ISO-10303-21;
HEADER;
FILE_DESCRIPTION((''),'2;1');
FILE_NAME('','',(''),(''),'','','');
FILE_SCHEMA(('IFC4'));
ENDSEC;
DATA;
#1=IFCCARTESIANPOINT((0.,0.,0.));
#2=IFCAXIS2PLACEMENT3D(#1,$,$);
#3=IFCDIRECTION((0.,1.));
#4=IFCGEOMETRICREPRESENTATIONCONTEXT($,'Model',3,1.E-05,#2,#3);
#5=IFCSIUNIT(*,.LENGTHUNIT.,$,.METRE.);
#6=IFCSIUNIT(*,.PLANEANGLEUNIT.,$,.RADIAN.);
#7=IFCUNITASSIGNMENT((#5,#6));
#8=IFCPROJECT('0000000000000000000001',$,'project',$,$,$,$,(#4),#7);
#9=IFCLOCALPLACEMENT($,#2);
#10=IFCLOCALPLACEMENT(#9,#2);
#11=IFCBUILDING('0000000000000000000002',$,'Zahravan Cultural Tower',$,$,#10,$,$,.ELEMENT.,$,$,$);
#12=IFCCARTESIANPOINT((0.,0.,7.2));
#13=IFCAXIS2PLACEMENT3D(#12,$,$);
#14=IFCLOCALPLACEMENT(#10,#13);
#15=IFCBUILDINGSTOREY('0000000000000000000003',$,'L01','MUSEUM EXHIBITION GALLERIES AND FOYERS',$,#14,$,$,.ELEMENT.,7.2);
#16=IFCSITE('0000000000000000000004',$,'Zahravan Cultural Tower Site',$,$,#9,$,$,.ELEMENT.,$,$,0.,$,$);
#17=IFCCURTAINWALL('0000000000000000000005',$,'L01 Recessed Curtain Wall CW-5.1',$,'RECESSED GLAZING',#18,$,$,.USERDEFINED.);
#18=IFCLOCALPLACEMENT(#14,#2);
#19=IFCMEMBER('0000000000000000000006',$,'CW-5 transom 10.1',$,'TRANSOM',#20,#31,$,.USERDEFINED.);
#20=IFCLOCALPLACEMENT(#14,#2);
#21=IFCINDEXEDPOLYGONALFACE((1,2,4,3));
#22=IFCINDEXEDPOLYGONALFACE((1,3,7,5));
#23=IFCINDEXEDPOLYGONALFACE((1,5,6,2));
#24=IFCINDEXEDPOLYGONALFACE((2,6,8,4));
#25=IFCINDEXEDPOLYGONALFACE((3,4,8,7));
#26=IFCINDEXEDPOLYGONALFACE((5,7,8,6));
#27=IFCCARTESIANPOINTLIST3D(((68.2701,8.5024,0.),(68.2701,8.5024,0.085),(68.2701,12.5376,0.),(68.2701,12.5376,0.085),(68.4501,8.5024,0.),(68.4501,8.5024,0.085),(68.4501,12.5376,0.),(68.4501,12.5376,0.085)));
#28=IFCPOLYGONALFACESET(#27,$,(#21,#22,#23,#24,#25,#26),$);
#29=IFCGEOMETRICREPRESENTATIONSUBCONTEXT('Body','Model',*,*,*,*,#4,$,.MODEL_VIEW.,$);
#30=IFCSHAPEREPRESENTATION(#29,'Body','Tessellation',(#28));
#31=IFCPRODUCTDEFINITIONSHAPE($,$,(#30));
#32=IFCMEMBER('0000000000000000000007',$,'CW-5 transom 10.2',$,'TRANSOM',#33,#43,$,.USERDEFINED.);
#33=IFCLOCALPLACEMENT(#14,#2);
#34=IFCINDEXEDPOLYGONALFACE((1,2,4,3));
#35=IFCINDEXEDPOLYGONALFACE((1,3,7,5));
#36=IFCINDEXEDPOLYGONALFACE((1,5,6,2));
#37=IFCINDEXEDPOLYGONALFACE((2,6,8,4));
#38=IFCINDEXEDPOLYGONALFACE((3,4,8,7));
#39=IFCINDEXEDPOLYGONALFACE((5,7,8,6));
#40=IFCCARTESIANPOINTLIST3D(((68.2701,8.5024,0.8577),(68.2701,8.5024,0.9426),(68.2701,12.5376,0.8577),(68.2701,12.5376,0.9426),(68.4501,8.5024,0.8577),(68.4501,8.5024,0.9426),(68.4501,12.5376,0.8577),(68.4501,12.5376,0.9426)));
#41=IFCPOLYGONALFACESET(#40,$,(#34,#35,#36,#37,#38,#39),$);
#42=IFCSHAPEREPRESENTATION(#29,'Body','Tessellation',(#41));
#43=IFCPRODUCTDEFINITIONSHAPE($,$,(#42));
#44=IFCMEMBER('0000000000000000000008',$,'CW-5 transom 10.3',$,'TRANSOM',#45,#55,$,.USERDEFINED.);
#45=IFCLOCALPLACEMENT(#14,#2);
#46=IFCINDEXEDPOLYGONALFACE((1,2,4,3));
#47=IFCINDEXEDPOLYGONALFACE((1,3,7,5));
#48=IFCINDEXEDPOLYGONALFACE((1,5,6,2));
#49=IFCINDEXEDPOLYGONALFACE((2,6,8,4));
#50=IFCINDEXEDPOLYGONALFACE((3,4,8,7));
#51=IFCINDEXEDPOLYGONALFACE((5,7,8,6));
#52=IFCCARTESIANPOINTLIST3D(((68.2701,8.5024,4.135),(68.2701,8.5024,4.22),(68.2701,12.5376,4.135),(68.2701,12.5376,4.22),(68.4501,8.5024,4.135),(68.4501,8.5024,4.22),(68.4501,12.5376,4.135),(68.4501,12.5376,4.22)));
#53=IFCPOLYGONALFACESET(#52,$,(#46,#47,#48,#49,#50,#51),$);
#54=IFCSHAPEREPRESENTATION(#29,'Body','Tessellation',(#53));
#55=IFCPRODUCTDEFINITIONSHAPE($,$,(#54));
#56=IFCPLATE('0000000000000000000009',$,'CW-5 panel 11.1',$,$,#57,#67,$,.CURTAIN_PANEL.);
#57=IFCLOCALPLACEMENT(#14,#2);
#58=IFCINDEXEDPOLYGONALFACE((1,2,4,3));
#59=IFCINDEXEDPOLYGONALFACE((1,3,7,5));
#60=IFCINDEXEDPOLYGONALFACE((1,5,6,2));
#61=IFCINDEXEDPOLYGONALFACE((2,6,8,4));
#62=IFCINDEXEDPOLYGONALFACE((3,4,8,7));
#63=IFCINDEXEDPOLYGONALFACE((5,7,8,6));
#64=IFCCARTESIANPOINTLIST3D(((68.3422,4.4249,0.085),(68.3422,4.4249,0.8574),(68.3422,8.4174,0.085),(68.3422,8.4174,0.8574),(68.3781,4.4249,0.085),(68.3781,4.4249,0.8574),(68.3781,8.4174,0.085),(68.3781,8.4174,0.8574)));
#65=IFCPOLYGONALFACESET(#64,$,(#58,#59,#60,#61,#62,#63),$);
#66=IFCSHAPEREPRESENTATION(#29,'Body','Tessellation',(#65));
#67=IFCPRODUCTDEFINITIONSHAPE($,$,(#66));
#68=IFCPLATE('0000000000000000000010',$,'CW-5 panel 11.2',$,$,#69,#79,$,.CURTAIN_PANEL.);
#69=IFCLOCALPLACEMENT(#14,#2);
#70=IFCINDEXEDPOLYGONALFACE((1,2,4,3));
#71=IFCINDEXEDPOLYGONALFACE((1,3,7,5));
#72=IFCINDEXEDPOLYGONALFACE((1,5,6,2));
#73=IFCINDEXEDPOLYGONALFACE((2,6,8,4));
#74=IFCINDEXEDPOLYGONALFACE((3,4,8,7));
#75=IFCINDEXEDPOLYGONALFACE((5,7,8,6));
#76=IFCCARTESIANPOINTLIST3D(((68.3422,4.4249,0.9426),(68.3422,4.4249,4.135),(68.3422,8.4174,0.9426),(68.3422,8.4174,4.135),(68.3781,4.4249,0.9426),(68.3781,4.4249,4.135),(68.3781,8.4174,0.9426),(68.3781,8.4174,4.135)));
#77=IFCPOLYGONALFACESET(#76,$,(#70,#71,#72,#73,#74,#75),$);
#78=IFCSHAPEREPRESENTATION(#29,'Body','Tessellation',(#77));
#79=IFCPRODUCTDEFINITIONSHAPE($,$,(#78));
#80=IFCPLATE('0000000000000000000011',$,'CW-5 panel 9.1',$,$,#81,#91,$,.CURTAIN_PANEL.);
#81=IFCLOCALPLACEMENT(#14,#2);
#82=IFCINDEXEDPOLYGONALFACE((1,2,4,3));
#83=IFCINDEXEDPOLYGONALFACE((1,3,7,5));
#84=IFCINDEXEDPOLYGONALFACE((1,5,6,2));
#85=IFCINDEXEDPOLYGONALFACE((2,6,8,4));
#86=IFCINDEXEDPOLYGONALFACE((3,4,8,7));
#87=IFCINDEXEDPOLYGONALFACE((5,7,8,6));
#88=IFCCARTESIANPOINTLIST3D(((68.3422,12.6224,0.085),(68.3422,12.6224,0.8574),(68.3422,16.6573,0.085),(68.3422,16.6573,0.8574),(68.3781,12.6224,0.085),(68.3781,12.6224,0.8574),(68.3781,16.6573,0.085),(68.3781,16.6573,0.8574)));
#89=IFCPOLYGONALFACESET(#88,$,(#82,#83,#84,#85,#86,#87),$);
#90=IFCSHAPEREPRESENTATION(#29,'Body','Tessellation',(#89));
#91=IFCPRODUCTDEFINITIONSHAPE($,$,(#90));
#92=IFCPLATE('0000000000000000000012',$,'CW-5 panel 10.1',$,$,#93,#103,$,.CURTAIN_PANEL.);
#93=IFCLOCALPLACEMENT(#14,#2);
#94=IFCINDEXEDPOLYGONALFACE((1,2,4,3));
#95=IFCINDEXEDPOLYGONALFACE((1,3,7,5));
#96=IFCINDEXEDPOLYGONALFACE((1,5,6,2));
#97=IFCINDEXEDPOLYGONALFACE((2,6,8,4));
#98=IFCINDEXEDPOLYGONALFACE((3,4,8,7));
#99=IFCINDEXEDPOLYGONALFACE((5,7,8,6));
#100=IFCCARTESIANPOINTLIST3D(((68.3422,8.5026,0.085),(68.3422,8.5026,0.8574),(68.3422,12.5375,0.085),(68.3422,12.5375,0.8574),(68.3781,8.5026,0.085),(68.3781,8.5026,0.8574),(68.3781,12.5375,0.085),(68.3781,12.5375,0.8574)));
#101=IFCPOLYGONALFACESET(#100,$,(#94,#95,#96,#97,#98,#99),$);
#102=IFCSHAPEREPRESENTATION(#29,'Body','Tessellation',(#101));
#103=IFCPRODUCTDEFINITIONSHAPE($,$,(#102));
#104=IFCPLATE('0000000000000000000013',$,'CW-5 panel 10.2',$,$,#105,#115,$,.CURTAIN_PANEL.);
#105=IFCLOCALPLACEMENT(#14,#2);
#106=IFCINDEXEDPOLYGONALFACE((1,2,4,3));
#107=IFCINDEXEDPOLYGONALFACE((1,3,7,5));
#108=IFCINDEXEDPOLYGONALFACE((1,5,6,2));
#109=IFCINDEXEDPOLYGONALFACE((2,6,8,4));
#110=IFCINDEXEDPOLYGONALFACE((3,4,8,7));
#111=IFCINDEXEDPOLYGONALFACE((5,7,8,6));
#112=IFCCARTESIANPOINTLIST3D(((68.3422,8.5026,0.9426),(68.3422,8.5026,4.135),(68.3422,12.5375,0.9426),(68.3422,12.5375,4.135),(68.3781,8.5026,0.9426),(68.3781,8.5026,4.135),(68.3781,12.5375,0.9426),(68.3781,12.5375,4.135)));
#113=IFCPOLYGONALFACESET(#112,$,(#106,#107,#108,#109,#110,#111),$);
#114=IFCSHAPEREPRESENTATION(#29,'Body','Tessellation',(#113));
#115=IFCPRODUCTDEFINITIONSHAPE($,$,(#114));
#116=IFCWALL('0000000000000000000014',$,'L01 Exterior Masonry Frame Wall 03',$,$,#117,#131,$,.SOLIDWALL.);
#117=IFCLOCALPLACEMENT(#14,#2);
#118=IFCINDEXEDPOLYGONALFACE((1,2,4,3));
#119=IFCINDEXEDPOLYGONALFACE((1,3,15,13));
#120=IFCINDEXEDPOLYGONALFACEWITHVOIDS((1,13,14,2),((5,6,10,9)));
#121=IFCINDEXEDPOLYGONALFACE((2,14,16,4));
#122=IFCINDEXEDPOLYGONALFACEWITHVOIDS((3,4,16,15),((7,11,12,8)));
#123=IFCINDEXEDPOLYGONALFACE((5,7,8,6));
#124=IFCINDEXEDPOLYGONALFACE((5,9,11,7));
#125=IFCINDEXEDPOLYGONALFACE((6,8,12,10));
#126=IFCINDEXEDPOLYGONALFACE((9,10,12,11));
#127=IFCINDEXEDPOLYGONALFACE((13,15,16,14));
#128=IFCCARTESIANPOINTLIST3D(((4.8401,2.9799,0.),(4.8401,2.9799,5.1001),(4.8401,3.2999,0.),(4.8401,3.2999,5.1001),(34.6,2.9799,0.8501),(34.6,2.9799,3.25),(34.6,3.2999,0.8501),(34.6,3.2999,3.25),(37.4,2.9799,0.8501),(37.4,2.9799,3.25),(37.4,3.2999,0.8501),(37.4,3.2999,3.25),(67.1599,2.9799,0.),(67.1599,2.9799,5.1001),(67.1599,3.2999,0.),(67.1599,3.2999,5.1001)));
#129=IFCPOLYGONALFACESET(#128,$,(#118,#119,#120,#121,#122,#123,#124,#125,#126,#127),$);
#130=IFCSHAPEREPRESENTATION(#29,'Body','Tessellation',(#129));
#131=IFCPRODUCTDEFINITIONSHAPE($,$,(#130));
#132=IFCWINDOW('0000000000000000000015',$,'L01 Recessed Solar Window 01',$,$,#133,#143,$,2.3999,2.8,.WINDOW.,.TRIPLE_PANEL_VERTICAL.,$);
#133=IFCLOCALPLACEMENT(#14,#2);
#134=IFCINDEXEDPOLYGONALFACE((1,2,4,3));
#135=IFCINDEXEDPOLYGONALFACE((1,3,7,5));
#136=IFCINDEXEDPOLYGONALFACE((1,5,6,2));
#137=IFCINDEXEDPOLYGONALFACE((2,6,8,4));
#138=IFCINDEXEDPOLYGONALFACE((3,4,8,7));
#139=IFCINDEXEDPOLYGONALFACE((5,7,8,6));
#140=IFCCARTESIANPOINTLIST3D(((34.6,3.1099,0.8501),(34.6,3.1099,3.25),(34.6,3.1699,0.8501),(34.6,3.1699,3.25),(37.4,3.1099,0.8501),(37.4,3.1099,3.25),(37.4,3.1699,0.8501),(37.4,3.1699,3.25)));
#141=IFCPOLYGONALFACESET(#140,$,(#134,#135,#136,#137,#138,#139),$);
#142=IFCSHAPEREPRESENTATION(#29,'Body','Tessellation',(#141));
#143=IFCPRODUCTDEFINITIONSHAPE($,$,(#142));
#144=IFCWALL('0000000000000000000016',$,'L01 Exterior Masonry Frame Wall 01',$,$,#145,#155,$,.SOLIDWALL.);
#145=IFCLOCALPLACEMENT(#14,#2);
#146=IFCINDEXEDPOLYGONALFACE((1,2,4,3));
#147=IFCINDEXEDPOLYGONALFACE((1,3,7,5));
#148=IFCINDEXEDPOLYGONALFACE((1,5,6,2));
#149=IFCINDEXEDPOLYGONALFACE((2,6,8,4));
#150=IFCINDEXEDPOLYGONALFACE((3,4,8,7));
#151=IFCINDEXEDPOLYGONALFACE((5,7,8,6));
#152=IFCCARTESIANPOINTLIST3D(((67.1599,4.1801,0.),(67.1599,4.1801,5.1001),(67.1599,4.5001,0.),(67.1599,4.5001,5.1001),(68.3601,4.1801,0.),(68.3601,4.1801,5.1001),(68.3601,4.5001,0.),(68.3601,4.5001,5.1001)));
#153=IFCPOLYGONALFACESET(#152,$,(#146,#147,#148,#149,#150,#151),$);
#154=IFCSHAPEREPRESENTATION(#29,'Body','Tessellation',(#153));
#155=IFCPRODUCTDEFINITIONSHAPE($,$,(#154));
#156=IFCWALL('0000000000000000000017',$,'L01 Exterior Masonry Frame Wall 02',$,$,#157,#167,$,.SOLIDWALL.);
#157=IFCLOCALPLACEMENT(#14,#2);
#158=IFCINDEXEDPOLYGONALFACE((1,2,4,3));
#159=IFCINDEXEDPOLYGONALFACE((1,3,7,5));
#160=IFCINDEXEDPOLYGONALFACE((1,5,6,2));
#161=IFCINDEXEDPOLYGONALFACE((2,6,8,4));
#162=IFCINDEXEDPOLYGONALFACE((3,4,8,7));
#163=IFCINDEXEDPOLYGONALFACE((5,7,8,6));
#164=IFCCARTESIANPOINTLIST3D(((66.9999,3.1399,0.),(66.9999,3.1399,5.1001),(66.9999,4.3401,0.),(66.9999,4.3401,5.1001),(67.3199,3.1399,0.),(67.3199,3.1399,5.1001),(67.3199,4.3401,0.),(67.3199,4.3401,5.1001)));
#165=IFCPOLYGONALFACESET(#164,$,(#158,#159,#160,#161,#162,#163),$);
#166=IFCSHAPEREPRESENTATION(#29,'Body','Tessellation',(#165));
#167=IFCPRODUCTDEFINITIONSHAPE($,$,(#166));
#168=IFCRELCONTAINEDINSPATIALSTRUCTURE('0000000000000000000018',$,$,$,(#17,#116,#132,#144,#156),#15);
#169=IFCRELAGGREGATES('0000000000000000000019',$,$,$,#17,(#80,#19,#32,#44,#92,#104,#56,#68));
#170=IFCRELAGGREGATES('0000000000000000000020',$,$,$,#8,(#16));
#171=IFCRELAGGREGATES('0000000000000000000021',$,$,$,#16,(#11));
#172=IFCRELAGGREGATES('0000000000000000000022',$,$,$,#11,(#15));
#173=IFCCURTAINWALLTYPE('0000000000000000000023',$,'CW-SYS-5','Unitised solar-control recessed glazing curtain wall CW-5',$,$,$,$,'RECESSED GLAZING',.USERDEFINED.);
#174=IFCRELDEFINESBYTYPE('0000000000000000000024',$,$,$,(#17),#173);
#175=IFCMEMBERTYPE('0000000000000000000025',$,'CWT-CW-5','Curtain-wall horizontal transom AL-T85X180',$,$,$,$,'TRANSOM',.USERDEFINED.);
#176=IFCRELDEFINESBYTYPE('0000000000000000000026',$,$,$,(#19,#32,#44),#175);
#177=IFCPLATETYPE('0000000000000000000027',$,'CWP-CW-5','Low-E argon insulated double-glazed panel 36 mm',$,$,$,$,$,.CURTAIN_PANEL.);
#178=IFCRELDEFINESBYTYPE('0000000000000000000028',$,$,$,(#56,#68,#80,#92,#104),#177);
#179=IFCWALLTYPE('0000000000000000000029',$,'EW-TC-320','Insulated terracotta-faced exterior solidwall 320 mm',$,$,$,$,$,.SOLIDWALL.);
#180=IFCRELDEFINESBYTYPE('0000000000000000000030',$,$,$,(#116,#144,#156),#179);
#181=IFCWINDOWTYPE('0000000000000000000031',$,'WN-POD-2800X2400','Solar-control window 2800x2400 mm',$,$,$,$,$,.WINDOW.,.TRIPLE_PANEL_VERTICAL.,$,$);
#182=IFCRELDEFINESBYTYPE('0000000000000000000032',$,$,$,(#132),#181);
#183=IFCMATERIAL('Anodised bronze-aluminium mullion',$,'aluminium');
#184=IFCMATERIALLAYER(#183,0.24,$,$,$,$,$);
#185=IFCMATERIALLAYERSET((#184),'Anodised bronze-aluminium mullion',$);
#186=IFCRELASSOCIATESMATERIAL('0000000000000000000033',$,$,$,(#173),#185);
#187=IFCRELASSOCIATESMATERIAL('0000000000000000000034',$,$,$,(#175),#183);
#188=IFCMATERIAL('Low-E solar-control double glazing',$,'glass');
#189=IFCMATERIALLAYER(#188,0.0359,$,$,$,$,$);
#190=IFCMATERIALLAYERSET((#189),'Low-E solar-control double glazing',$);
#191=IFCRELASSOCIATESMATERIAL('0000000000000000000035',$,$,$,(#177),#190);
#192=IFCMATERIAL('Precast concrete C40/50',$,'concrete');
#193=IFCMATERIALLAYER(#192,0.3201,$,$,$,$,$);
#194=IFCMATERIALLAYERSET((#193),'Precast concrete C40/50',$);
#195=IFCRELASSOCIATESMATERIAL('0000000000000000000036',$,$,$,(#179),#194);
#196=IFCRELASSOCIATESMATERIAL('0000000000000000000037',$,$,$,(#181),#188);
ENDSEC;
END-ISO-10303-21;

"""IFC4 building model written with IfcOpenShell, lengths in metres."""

from ifc_helpers import new_model, si_unit, direction, frame, frame_2d, origin, origin_2d, place, context, subcontext, project, spatial, rectangle, extrude, source, transform, mapped, material, layer, layer_set, material_profile, profile_set, type_object, element, fill, aggregate, save


model = new_model("IFC4")

# Units and contexts
model_context = context("Model", 3, precision=1e-05, world=origin(), true_north=direction((0.0, 1.0)))
body_context = subcontext(model_context, "Body", "Model", "MODEL_VIEW")
ifc_project = project(units=[si_unit("LENGTHUNIT", "METRE"), si_unit("PLANEANGLEUNIT", "RADIAN")], contexts=[model_context])

# Site, building, storey
site_placement = place(None, origin())
site = spatial("IfcSite", under=ifc_project, at=site_placement, Name="Zahravan Cultural Tower Site", CompositionType="ELEMENT", RefElevation=0.0)
building_placement = place(site_placement, origin())
building = spatial("IfcBuilding", under=site, at=building_placement, Name="Zahravan Cultural Tower", CompositionType="ELEMENT")
storey_placement = place(building_placement, frame((0.0, 0.0, 7.2)))
storey = spatial("IfcBuildingStorey", under=building, at=storey_placement, Name="L01", Description="MUSEUM EXHIBITION GALLERIES AND FOYERS", CompositionType="ELEMENT", Elevation=7.2)

# Curtain wall, members, plates
ifc_material_1 = material(Name="Anodised bronze-aluminium mullion", Category="aluminium")
ifc_layer_1 = layer(ifc_material_1, 0.24)
ifc_layer_set_1 = layer_set([ifc_layer_1], Name="Anodised bronze-aluminium mullion")
curtain_wall_type = type_object("IfcCurtainWallType", Name="CW-SYS-5", Description="Unitised solar-control recessed glazing curtain wall CW-5", ElementType="RECESSED GLAZING", PredefinedType="USERDEFINED", material=ifc_layer_set_1)
curtain_wall_placement = place(storey_placement, origin())
curtain_wall = element("IfcCurtainWall", 1, at=curtain_wall_placement, inside=storey, type_object=curtain_wall_type, Name="L01 Recessed Curtain Wall CW-5.1", ObjectType="RECESSED GLAZING", PredefinedType="USERDEFINED")
ifc_material_profile_1 = material_profile(ifc_material_1, rectangle(XDim=0.1799, YDim=0.085, at=origin_2d()), Name="AL-T85X180")
ifc_profile_set_1 = profile_set([ifc_material_profile_1], Name="Anodised bronze-aluminium mullion")
member_type_1 = type_object("IfcMemberType", Name="CWT-CW-5", Description="Curtain-wall horizontal transom AL-T85X180", ElementType="TRANSOM", PredefinedType="USERDEFINED", material=ifc_profile_set_1)
shared_shape_1 = source(origin(), body_context, "Body", "SweptSolid", [
    extrude(rectangle(XDim=0.1799, YDim=0.085, at=origin_2d()), origin(), (0.0, 0.0, 1.0), 4.0352),
])
member_1_placement = place(storey_placement, frame((68.3601, 12.5376, 0.0425), z_axis=(0.0, -1.0, 0.0), x_axis=(1.0, 0.0, 0.0)))
member_1 = element("IfcMember", 2, at=member_1_placement, type_object=member_type_1, Name="CW-5 transom 10.1", ObjectType="TRANSOM", PredefinedType="USERDEFINED", context=body_context, shape_type="MappedRepresentation", body=[
    mapped(shared_shape_1, transform((0.0, 0.0, 0.0), x_axis=(1.0, 0.0, 0.0), y_axis=(0.0, 1.0, 0.0), z_axis=(0.0, 0.0, 1.0), scale=1.0)),
])
member_2_placement = place(storey_placement, frame((68.3601, 12.5376, 0.9001), z_axis=(0.0, -1.0, 0.0), x_axis=(1.0, 0.0, 0.0)))
member_2 = element("IfcMember", 3, at=member_2_placement, type_object=member_type_1, Name="CW-5 transom 10.2", ObjectType="TRANSOM", PredefinedType="USERDEFINED", context=body_context, shape_type="MappedRepresentation", body=[
    mapped(shared_shape_1, transform((0.0, 0.0, 0.0), x_axis=(1.0, 0.0, 0.0), y_axis=(0.0, 1.0, 0.0), z_axis=(0.0, 0.0, 1.0), scale=1.0)),
])
member_3_placement = place(storey_placement, frame((68.3601, 12.5376, 4.1775), z_axis=(0.0, -1.0, 0.0), x_axis=(1.0, 0.0, 0.0)))
member_3 = element("IfcMember", 4, at=member_3_placement, type_object=member_type_1, Name="CW-5 transom 10.3", ObjectType="TRANSOM", PredefinedType="USERDEFINED", context=body_context, shape_type="MappedRepresentation", body=[
    mapped(shared_shape_1, transform((0.0, 0.0, 0.0), x_axis=(1.0, 0.0, 0.0), y_axis=(0.0, 1.0, 0.0), z_axis=(0.0, 0.0, 1.0), scale=1.0)),
])
ifc_material_2 = material(Name="Low-E solar-control double glazing", Category="glass")
ifc_layer_2 = layer(ifc_material_2, 0.0359)
ifc_layer_set_2 = layer_set([ifc_layer_2], Name="Low-E solar-control double glazing")
plate_type = type_object("IfcPlateType", Name="CWP-CW-5", Description="Low-E argon insulated double-glazed panel 36 mm", PredefinedType="CURTAIN_PANEL", material=ifc_layer_set_2)
shared_shape_2 = source(origin(), body_context, "Body", "SweptSolid", [
    extrude(rectangle(XDim=3.9924, YDim=0.0359, at=origin_2d()), origin(), (0.0, 0.0, 1.0), 0.7725),
])
plate_1_placement = place(storey_placement, frame((68.3601, 6.4211, 0.085), z_axis=(0.0, 0.0, 1.0), x_axis=(0.0, -1.0, 0.0)))
plate_1 = element("IfcPlate", 5, at=plate_1_placement, type_object=plate_type, Name="CW-5 panel 11.1", PredefinedType="CURTAIN_PANEL", context=body_context, shape_type="MappedRepresentation", body=[
    mapped(shared_shape_2, transform((0.0, 0.0, 0.0), x_axis=(1.0, 0.0, 0.0), y_axis=(0.0, 1.0, 0.0), z_axis=(0.0, 0.0, 1.0), scale=1.0)),
])
shared_shape_3 = source(origin(), body_context, "Body", "SweptSolid", [
    extrude(rectangle(XDim=3.9924, YDim=0.0359, at=origin_2d()), origin(), (0.0, 0.0, 1.0), 3.1924),
])
plate_2_placement = place(storey_placement, frame((68.3601, 6.4211, 0.9426), z_axis=(0.0, 0.0, 1.0), x_axis=(0.0, -1.0, 0.0)))
plate_2 = element("IfcPlate", 6, at=plate_2_placement, type_object=plate_type, Name="CW-5 panel 11.2", PredefinedType="CURTAIN_PANEL", context=body_context, shape_type="MappedRepresentation", body=[
    mapped(shared_shape_3, transform((0.0, 0.0, 0.0), x_axis=(1.0, 0.0, 0.0), y_axis=(0.0, 1.0, 0.0), z_axis=(0.0, 0.0, 1.0), scale=1.0)),
])
shared_shape_4 = source(origin(), body_context, "Body", "SweptSolid", [
    extrude(rectangle(XDim=4.0349, YDim=0.0359, at=origin_2d()), origin(), (0.0, 0.0, 1.0), 0.7725),
])
plate_3_placement = place(storey_placement, frame((68.3601, 14.6399, 0.085), z_axis=(0.0, 0.0, 1.0), x_axis=(0.0, -1.0, 0.0)))
plate_3 = element("IfcPlate", 7, at=plate_3_placement, type_object=plate_type, Name="CW-5 panel 9.1", PredefinedType="CURTAIN_PANEL", context=body_context, shape_type="MappedRepresentation", body=[
    mapped(shared_shape_4, transform((0.0, 0.0, 0.0), x_axis=(1.0, 0.0, 0.0), y_axis=(0.0, 1.0, 0.0), z_axis=(0.0, 0.0, 1.0), scale=1.0)),
])
plate_4_placement = place(storey_placement, frame((68.3601, 10.52, 0.085), z_axis=(0.0, 0.0, 1.0), x_axis=(0.0, -1.0, 0.0)))
plate_4 = element("IfcPlate", 8, at=plate_4_placement, type_object=plate_type, Name="CW-5 panel 10.1", PredefinedType="CURTAIN_PANEL", context=body_context, shape_type="MappedRepresentation", body=[
    mapped(shared_shape_4, transform((0.0, 0.0, 0.0), x_axis=(1.0, 0.0, 0.0), y_axis=(0.0, 1.0, 0.0), z_axis=(0.0, 0.0, 1.0), scale=1.0)),
])
shared_shape_5 = source(origin(), body_context, "Body", "SweptSolid", [
    extrude(rectangle(XDim=4.0349, YDim=0.0359, at=origin_2d()), origin(), (0.0, 0.0, 1.0), 3.1924),
])
plate_5_placement = place(storey_placement, frame((68.3601, 10.52, 0.9426), z_axis=(0.0, 0.0, 1.0), x_axis=(0.0, -1.0, 0.0)))
plate_5 = element("IfcPlate", 9, at=plate_5_placement, type_object=plate_type, Name="CW-5 panel 10.2", PredefinedType="CURTAIN_PANEL", context=body_context, shape_type="MappedRepresentation", body=[
    mapped(shared_shape_5, transform((0.0, 0.0, 0.0), x_axis=(1.0, 0.0, 0.0), y_axis=(0.0, 1.0, 0.0), z_axis=(0.0, 0.0, 1.0), scale=1.0)),
])
aggregate(curtain_wall, [plate_3, member_1, member_2, member_3, plate_4, plate_5, plate_1, plate_2])

# Wall, opening, window
ifc_material_3 = material(Name="Precast concrete C40/50", Category="concrete")
ifc_layer_3 = layer(ifc_material_3, 0.3201)
ifc_layer_set_3 = layer_set([ifc_layer_3], Name="Precast concrete C40/50")
wall_type_1 = type_object("IfcWallType", Name="EW-TC-320", Description="Insulated terracotta-faced exterior solidwall 320 mm", PredefinedType="SOLIDWALL", material=ifc_layer_set_3)
wall_1_placement = place(storey_placement, frame((67.1599, 3.1399, 0.0), z_axis=(0.0, 0.0, 1.0), x_axis=(-1.0, 0.0, 0.0)))
wall_1 = element("IfcWall", 10, at=wall_1_placement, inside=storey, type_object=wall_type_1, Name="L01 Exterior Masonry Frame Wall 03", PredefinedType="SOLIDWALL", context=body_context, shape_type="SweptSolid", body=[
    extrude(rectangle(XDim=62.3198, YDim=0.3201, at=frame_2d((31.1599, 0.0))), origin(), (0.0, 0.0, 1.0), 5.1001),
])
opening_placement = place(wall_1_placement, frame((29.76, 0.0, 0.8501)))
opening = element("IfcOpeningElement", 11, at=opening_placement, cuts=wall_1, PredefinedType="OPENING", context=body_context, shape_type="SweptSolid", body=[
    extrude(rectangle(XDim=2.8, YDim=2.3999, at=frame_2d((1.3999, 1.2))), frame((0.0, 0.1699, 0.0), z_axis=(0.0, -1.0, 0.0), x_axis=(1.0, 0.0, 0.0)), (0.0, 0.0, 1.0), 0.3401),
])
window_type = type_object("IfcWindowType", Name="WN-POD-2800X2400", Description="Solar-control window 2800x2400 mm", PartitioningType="TRIPLE_PANEL_VERTICAL", PredefinedType="WINDOW", material=ifc_material_2)
shared_shape_6 = source(origin(), body_context, "Body", "SweptSolid", [
    extrude(rectangle(XDim=2.8, YDim=2.3999, at=frame_2d((1.3999, 1.2))), frame((0.0, 0.03, 0.0), z_axis=(0.0, -1.0, 0.0), x_axis=(1.0, 0.0, 0.0)), (0.0, 0.0, 1.0), 0.0601),
])
window_placement = place(opening_placement, origin())
window = element("IfcWindow", 12, at=window_placement, inside=storey, type_object=window_type, Name="L01 Recessed Solar Window 01", OverallHeight=2.3999, OverallWidth=2.8, PartitioningType="TRIPLE_PANEL_VERTICAL", PredefinedType="WINDOW", context=body_context, shape_type="MappedRepresentation", body=[
    mapped(shared_shape_6, transform((0.0, 0.0, 0.0), x_axis=(1.0, 0.0, 0.0), y_axis=(0.0, 1.0, 0.0), z_axis=(0.0, 0.0, 1.0), scale=1.0)),
])
fill(opening, window)

# Walls
shared_shape_7 = source(origin(), body_context, "Body", "SweptSolid", [
    extrude(rectangle(XDim=1.2002, YDim=0.3201, at=frame_2d((0.6001, 0.0))), origin(), (0.0, 0.0, 1.0), 5.1001),
])
for number, where, z_axis, x_axis, name in (
    (13, (68.3601, 4.3401, 0.0), (0.0, 0.0, 1.0), (-1.0, 0.0, 0.0), "L01 Exterior Masonry Frame Wall 01"),
    (14, (67.1599, 4.3401, 0.0), (0.0, 0.0, 1.0), (0.0, -1.0, 0.0), "L01 Exterior Masonry Frame Wall 02"),
):
    element("IfcWall", number, at=place(storey_placement, frame(where, z_axis=z_axis, x_axis=x_axis)), inside=storey, type_object=wall_type_1, Name=name, PredefinedType="SOLIDWALL", context=body_context, shape_type="MappedRepresentation", body=[
        mapped(shared_shape_7, transform((0.0, 0.0, 0.0), x_axis=(1.0, 0.0, 0.0), y_axis=(0.0, 1.0, 0.0), z_axis=(0.0, 0.0, 1.0), scale=1.0)),
    ])

save(model, "model.ifc")
